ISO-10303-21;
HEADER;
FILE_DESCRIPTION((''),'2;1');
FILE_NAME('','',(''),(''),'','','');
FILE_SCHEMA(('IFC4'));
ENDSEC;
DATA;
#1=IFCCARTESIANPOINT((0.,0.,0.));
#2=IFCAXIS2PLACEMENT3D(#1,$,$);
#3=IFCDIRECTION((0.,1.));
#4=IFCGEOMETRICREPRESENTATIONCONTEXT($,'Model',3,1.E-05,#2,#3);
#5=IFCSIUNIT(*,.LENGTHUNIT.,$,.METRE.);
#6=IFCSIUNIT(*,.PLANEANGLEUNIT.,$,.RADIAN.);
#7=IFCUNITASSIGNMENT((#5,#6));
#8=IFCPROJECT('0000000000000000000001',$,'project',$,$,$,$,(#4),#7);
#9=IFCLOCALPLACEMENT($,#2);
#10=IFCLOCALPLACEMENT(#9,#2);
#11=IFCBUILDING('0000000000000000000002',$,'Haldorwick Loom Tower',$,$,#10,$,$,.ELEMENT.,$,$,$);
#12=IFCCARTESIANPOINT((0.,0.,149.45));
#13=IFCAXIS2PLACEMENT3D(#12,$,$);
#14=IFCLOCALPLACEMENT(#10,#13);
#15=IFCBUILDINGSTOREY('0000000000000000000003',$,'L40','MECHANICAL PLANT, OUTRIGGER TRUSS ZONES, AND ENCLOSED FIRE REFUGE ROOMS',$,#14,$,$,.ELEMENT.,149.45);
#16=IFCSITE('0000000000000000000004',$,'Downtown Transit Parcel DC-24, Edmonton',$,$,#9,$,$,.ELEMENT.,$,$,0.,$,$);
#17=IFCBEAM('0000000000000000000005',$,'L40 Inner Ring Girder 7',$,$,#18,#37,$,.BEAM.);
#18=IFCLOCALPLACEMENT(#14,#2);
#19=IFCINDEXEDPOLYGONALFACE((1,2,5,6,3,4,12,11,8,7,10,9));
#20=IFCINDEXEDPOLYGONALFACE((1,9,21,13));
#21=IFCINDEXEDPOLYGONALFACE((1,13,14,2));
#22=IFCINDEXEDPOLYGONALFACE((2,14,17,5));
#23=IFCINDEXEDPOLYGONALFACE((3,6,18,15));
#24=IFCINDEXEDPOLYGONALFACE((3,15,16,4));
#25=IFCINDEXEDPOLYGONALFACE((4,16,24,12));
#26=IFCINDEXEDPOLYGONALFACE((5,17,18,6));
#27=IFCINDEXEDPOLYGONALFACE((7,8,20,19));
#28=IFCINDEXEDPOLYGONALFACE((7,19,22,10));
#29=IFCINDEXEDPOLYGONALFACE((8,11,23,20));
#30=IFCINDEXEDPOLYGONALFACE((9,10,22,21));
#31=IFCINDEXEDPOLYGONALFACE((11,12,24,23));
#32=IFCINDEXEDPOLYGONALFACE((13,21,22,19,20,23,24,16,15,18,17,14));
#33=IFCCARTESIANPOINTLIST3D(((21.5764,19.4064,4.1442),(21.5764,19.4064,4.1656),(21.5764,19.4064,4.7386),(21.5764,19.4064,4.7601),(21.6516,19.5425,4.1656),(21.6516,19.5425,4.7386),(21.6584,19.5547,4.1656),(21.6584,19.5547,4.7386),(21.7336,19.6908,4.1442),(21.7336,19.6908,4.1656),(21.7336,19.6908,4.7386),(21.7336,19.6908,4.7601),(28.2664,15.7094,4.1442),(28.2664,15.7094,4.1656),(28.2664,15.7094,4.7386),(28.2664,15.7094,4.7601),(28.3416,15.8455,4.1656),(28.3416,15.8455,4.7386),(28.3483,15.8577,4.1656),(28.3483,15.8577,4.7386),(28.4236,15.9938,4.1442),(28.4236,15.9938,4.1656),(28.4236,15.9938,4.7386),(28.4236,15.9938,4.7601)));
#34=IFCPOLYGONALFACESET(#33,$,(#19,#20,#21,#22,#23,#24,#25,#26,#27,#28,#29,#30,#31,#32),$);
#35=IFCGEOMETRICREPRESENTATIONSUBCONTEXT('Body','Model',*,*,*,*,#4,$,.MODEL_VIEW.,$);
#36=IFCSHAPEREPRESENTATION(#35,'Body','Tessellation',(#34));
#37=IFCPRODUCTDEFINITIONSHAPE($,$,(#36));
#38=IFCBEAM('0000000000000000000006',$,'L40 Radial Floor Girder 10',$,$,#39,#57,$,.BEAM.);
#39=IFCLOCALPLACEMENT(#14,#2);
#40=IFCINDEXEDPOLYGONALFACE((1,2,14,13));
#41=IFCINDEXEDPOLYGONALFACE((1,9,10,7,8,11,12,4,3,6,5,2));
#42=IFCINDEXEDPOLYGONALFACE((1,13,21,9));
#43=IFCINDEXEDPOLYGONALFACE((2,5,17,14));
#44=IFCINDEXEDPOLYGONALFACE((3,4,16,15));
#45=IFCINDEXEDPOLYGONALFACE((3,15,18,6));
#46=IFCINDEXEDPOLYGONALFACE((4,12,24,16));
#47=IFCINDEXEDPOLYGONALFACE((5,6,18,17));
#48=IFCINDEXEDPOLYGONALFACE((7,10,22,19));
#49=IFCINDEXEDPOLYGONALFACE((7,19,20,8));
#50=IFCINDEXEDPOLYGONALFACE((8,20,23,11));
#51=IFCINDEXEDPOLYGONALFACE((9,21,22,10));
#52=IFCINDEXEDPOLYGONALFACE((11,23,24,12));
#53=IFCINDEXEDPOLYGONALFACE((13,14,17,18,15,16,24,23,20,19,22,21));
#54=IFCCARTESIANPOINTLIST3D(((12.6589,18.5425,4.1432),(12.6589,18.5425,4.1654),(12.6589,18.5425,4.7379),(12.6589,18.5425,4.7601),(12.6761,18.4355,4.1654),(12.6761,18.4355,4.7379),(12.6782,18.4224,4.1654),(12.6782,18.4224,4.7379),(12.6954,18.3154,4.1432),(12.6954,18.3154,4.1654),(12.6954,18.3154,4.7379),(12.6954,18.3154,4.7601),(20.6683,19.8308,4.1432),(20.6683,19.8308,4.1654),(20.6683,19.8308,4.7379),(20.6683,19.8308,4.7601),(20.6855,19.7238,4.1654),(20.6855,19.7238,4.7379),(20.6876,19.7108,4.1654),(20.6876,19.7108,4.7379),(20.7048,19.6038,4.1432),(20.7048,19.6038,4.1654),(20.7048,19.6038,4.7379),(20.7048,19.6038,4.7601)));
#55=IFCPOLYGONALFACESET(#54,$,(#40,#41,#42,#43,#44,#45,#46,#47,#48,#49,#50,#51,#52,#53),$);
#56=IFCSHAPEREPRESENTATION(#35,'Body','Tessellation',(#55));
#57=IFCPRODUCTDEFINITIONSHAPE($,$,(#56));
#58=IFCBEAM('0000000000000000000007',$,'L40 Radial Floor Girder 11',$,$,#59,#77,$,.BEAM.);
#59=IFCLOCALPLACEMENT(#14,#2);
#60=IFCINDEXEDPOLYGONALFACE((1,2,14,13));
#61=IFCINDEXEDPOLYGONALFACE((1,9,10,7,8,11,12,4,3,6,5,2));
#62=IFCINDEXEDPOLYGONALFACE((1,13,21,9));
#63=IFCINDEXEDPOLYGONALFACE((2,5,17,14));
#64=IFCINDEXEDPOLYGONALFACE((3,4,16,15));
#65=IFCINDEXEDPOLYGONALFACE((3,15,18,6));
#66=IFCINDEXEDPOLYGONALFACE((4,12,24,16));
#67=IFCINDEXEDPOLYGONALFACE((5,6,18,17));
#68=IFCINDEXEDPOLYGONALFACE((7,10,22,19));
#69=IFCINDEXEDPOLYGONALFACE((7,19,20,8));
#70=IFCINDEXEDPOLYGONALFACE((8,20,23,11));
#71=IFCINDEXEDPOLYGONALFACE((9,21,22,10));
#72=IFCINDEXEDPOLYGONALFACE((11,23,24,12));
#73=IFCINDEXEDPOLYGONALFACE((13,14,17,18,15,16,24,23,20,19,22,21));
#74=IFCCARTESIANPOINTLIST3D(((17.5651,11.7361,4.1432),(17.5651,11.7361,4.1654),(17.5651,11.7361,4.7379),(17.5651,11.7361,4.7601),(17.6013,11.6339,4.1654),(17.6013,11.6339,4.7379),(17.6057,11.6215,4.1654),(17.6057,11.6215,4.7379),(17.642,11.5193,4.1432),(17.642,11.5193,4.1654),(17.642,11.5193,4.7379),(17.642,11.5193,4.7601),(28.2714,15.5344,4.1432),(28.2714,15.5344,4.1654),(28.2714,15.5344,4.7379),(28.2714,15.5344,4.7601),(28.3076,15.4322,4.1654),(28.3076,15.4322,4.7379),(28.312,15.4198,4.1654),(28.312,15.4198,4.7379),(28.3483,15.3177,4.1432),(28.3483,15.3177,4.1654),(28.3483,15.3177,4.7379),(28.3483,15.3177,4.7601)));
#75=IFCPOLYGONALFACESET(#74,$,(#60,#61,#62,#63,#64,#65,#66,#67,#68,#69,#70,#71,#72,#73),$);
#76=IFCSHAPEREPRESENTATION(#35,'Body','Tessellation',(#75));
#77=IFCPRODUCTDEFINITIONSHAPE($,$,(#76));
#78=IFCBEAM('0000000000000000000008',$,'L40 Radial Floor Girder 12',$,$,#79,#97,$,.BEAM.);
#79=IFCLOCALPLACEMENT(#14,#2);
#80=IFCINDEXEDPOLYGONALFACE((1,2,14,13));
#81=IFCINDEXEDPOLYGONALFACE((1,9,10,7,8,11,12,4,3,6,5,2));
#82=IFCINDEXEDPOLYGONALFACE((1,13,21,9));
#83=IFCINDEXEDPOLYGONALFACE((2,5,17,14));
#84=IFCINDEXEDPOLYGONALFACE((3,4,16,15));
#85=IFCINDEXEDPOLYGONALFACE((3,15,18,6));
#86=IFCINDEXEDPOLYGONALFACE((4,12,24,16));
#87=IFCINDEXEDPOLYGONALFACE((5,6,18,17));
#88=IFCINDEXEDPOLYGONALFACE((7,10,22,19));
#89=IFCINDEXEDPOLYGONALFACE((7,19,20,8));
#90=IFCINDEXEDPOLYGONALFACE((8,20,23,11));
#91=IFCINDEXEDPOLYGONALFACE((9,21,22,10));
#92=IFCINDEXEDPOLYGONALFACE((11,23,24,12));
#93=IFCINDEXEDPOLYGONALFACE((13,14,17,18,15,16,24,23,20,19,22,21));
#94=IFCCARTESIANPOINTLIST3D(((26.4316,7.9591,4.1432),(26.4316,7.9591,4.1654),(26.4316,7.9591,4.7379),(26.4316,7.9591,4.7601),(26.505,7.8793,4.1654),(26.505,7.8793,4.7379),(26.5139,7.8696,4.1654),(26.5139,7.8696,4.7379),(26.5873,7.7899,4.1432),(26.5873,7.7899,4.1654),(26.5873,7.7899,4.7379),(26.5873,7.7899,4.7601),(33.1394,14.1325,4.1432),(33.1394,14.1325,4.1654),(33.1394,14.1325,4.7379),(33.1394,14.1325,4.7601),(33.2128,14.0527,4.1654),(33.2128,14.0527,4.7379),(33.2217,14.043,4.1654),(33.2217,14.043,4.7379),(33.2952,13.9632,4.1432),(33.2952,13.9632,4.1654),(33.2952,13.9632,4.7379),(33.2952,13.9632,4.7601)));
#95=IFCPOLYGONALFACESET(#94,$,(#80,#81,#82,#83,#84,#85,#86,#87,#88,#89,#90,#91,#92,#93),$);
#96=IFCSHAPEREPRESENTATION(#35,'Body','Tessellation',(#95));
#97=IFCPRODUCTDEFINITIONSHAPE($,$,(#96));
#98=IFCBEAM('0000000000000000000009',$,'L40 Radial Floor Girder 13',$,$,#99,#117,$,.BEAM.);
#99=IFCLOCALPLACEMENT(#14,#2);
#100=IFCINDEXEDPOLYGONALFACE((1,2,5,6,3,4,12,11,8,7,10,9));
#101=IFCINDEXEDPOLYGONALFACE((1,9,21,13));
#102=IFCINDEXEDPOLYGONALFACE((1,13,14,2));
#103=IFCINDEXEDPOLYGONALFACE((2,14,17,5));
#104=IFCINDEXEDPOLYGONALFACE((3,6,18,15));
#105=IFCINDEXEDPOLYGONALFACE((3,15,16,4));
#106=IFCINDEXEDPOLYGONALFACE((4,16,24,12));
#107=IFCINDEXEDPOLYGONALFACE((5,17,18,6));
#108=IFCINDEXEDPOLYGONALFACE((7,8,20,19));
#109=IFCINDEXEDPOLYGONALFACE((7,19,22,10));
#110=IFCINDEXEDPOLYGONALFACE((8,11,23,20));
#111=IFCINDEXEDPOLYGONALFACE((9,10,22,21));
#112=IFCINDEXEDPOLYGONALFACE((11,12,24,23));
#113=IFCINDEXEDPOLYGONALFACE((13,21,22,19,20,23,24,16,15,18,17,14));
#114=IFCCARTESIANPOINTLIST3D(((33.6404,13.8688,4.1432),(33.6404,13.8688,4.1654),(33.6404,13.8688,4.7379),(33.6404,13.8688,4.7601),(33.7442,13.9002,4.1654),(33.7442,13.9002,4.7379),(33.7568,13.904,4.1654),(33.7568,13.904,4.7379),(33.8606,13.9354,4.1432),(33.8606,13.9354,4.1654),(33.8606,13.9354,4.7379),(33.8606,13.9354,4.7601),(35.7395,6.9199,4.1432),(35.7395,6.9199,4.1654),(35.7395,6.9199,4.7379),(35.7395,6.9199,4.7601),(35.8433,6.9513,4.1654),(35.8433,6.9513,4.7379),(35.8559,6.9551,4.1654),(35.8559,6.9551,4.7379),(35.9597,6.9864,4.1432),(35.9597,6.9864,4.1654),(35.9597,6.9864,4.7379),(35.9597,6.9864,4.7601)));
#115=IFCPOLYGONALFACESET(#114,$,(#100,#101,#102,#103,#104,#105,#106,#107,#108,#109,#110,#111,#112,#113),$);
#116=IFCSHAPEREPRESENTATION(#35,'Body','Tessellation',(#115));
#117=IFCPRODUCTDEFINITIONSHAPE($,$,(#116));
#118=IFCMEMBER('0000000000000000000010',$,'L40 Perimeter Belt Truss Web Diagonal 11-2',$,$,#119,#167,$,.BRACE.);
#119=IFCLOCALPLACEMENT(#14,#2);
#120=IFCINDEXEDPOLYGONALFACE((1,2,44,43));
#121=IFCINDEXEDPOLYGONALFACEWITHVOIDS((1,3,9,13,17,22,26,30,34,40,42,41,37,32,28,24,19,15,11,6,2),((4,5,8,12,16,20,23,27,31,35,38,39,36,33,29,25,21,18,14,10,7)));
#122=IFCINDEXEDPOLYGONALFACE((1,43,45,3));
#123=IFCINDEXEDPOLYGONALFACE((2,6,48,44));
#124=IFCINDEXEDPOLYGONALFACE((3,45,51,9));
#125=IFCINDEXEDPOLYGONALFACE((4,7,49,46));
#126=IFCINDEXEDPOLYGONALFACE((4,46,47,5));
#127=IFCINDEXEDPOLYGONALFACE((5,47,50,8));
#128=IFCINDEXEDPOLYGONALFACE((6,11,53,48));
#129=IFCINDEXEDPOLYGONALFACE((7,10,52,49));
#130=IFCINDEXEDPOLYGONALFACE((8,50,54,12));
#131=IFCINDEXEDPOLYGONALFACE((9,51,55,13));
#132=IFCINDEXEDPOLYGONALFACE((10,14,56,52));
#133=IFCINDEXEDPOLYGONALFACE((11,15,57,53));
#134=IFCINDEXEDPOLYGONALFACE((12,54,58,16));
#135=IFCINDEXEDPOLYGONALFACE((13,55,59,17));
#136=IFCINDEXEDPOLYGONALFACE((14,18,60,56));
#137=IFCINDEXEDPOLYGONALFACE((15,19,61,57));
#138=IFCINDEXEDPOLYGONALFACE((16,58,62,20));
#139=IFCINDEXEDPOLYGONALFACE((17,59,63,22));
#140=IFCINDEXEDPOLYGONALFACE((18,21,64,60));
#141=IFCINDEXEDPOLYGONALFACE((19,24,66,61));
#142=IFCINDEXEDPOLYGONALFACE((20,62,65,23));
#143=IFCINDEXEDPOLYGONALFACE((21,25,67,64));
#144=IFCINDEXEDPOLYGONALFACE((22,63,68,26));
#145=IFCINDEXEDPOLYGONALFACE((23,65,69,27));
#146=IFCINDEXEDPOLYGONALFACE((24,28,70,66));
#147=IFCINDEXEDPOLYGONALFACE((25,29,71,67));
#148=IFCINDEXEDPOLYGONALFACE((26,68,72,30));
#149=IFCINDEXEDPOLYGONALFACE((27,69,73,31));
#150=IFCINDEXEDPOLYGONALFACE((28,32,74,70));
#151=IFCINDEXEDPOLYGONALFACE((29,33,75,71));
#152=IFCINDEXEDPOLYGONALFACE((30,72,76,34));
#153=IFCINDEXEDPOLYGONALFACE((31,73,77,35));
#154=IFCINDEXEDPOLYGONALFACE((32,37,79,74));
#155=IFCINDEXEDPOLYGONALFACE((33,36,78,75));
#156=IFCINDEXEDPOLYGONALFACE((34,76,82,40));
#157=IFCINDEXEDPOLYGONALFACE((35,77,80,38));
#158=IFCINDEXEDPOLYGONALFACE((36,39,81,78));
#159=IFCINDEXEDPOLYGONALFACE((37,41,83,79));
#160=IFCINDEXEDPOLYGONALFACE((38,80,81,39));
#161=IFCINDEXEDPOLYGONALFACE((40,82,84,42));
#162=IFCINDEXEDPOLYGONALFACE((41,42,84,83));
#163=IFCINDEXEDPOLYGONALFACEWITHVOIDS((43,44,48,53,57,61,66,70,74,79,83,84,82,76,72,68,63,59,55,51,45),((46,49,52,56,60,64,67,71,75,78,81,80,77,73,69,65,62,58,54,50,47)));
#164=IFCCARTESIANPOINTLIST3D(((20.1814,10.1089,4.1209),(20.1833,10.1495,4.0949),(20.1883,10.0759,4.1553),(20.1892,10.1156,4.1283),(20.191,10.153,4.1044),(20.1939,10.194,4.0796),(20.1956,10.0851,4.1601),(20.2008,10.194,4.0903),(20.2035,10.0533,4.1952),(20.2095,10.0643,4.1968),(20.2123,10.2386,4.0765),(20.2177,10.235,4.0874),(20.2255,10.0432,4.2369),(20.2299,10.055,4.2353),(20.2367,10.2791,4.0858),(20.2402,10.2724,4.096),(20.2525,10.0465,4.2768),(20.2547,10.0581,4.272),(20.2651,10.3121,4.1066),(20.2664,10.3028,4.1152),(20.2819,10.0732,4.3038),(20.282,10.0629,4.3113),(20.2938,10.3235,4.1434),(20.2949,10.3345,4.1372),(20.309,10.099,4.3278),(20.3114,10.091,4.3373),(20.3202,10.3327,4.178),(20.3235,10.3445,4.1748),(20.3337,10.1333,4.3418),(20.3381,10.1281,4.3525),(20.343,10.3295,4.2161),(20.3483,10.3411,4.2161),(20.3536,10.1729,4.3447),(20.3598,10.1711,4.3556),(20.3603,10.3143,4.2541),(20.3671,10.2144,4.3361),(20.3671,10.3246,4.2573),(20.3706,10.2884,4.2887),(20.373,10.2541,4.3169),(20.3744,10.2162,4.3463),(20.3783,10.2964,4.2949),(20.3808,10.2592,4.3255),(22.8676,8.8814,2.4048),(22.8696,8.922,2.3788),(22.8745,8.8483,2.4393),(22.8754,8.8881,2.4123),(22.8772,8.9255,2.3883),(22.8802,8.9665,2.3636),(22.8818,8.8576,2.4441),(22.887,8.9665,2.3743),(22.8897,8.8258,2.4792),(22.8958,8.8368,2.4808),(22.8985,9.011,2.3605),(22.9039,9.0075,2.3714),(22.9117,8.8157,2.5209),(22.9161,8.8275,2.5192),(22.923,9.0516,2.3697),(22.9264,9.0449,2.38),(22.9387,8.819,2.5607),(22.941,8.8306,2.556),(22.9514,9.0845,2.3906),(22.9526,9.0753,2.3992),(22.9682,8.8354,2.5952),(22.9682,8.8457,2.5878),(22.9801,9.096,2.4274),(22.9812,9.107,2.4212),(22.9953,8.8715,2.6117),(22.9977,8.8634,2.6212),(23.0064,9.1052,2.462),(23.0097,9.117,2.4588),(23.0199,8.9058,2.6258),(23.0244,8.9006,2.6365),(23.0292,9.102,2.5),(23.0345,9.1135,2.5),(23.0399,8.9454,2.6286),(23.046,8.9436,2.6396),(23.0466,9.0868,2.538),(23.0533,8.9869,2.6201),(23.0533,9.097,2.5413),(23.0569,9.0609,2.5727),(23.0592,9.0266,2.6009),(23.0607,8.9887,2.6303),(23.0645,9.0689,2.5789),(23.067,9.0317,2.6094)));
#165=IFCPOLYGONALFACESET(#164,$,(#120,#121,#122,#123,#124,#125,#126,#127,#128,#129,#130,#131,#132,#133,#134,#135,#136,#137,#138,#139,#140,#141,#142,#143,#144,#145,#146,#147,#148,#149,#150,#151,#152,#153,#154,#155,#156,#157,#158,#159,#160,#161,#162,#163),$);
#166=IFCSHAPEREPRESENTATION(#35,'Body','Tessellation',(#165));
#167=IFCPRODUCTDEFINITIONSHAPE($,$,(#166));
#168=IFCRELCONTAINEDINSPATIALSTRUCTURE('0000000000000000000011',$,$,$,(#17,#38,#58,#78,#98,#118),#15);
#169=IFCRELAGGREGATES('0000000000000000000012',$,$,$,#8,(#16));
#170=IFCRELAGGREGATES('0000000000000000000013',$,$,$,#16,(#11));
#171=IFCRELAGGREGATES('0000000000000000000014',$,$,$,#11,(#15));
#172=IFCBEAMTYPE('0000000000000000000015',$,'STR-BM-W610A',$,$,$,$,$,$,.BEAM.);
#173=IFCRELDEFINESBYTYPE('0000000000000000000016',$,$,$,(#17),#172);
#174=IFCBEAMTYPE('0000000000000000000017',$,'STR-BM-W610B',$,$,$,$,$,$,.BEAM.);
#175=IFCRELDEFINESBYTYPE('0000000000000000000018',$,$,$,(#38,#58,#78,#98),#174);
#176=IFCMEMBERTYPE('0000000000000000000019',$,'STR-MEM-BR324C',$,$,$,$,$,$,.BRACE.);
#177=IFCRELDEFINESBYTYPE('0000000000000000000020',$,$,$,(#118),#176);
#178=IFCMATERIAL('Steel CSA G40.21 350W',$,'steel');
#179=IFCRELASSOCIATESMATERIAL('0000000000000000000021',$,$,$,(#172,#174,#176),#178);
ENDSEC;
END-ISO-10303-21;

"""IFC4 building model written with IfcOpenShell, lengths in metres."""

from ifc_helpers import new_model, si_unit, direction, frame, origin, origin_2d, place, context, subcontext, project, spatial, hollow_circle, i_section, extrude, material, material_profile, profile_set, type_object, element, save


model = new_model("IFC4")

# Units and contexts
model_context = context("Model", 3, precision=1e-05, world=origin(), true_north=direction((0.0, 1.0)))
body_context = subcontext(model_context, "Body", "Model", "MODEL_VIEW")
ifc_project = project(units=[si_unit("LENGTHUNIT", "METRE"), si_unit("PLANEANGLEUNIT", "RADIAN")], contexts=[model_context])

# Site, building, storey
site_placement = place(None, origin())
site = spatial("IfcSite", under=ifc_project, at=site_placement, Name="Downtown Transit Parcel DC-24, Edmonton", CompositionType="ELEMENT", RefElevation=0.0)
building_placement = place(site_placement, origin())
building = spatial("IfcBuilding", under=site, at=building_placement, Name="Haldorwick Loom Tower", CompositionType="ELEMENT")
storey_placement = place(building_placement, frame((0.0, 0.0, 149.45)))
storey = spatial("IfcBuildingStorey", under=building, at=storey_placement, Name="L40", Description="MECHANICAL PLANT, OUTRIGGER TRUSS ZONES, AND ENCLOSED FIRE REFUGE ROOMS", CompositionType="ELEMENT", Elevation=149.45)

# Beams
ifc_material_1 = material(Name="Steel CSA G40.21 350W", Category="steel")
ifc_material_profile_1 = material_profile(ifc_material_1, i_section(OverallWidth=0.325, OverallDepth=0.616, WebThickness=0.0139, FlangeThickness=0.0215, at=origin_2d()), Name="W610X174", Category="steel")
ifc_profile_set_1 = profile_set([ifc_material_profile_1], Name="Steel CSA G40.21 350W")
beam_type_1 = type_object("IfcBeamType", Name="STR-BM-W610A", PredefinedType="BEAM", material=ifc_profile_set_1)
beam_1_placement = place(storey_placement, frame((28.345, 15.8516, 4.4521), z_axis=(-0.875244, 0.483681, 0.0), x_axis=(-0.483681, -0.875244, 0.0)))
element("IfcBeam", 1, at=beam_1_placement, inside=storey, type_object=beam_type_1, Name="L40 Inner Ring Girder 7", PredefinedType="BEAM", context=body_context, shape_type="SweptSolid", body=[
    extrude(i_section(OverallWidth=0.325, OverallDepth=0.616, WebThickness=0.0139, FlangeThickness=0.0215, at=origin_2d()), origin(), (0.0, 0.0, 1.0), 7.6436),
])
ifc_material_profile_2 = material_profile(ifc_material_1, i_section(OverallWidth=0.23, OverallDepth=0.6169, WebThickness=0.0132, FlangeThickness=0.0222, at=origin_2d()), Name="W610X140", Category="steel")
ifc_profile_set_2 = profile_set([ifc_material_profile_2], Name="Steel CSA G40.21 350W")
beam_type_2 = type_object("IfcBeamType", Name="STR-BM-W610B", PredefinedType="BEAM", material=ifc_profile_set_2)
beam_2_placement = place(storey_placement, frame((20.6865, 19.7173, 4.4517), z_axis=(-0.987309, -0.158813, 0.0), x_axis=(0.158813, -0.987309, 0.0)))
element("IfcBeam", 2, at=beam_2_placement, inside=storey, type_object=beam_type_2, Name="L40 Radial Floor Girder 10", PredefinedType="BEAM", context=body_context, shape_type="SweptSolid", body=[
    extrude(i_section(OverallWidth=0.23, OverallDepth=0.6169, WebThickness=0.0132, FlangeThickness=0.0222, at=origin_2d()), origin(), (0.0, 0.0, 1.0), 8.1123),
])
beam_3_placement = place(storey_placement, frame((28.3098, 15.426, 4.4517), z_axis=(-0.942446, -0.334358, 0.0), x_axis=(0.334358, -0.942446, 0.0)))
element("IfcBeam", 3, at=beam_3_placement, inside=storey, type_object=beam_type_2, Name="L40 Radial Floor Girder 11", PredefinedType="BEAM", context=body_context, shape_type="SweptSolid", body=[
    extrude(i_section(OverallWidth=0.23, OverallDepth=0.6169, WebThickness=0.0132, FlangeThickness=0.0222, at=origin_2d()), origin(), (0.0, 0.0, 1.0), 11.3601),
])
beam_4_placement = place(storey_placement, frame((33.2173, 14.0479, 4.4517), z_axis=(-0.735811, -0.677187, 0.0), x_axis=(0.677187, -0.735811, 0.0)))
element("IfcBeam", 4, at=beam_4_placement, inside=storey, type_object=beam_type_2, Name="L40 Radial Floor Girder 12", PredefinedType="BEAM", context=body_context, shape_type="SweptSolid", body=[
    extrude(i_section(OverallWidth=0.23, OverallDepth=0.6169, WebThickness=0.0132, FlangeThickness=0.0222, at=origin_2d()), origin(), (0.0, 0.0, 1.0), 9.1162),
])
beam_5_placement = place(storey_placement, frame((33.7505, 13.9021, 4.4517), z_axis=(0.289171, -0.957277, 0.0), x_axis=(0.957277, 0.289171, 0.0)))
element("IfcBeam", 5, at=beam_5_placement, inside=storey, type_object=beam_type_2, Name="L40 Radial Floor Girder 13", PredefinedType="BEAM", context=body_context, shape_type="SweptSolid", body=[
    extrude(i_section(OverallWidth=0.23, OverallDepth=0.6169, WebThickness=0.0132, FlangeThickness=0.0222, at=origin_2d()), origin(), (0.0, 0.0, 1.0), 7.259),
])

# Member
ifc_material_profile_3 = material_profile(ifc_material_1, hollow_circle(Radius=0.1619, WallThickness=0.0127, at=origin_2d()), Name="HSS324X13", Category="steel")
ifc_profile_set_3 = profile_set([ifc_material_profile_3], Name="Steel CSA G40.21 350W")
member_type = type_object("IfcMemberType", Name="STR-MEM-BR324C", PredefinedType="BRACE", material=ifc_profile_set_3)
member_1_placement = place(storey_placement, frame((20.281, 10.1938, 4.2161), z_axis=(0.786423, -0.359369, -0.502387), x_axis=(0.415627, 0.909535, 0.0)))
element("IfcMember", 6, at=member_1_placement, inside=storey, type_object=member_type, Name="L40 Perimeter Belt Truss Web Diagonal 11-2", PredefinedType="BRACE", context=body_context, shape_type="SweptSolid", body=[
    extrude(hollow_circle(Radius=0.1619, WallThickness=0.0127, at=origin_2d()), origin(), (0.0, 0.0, 1.0), 3.4158),
])

save(model, "model.ifc")
